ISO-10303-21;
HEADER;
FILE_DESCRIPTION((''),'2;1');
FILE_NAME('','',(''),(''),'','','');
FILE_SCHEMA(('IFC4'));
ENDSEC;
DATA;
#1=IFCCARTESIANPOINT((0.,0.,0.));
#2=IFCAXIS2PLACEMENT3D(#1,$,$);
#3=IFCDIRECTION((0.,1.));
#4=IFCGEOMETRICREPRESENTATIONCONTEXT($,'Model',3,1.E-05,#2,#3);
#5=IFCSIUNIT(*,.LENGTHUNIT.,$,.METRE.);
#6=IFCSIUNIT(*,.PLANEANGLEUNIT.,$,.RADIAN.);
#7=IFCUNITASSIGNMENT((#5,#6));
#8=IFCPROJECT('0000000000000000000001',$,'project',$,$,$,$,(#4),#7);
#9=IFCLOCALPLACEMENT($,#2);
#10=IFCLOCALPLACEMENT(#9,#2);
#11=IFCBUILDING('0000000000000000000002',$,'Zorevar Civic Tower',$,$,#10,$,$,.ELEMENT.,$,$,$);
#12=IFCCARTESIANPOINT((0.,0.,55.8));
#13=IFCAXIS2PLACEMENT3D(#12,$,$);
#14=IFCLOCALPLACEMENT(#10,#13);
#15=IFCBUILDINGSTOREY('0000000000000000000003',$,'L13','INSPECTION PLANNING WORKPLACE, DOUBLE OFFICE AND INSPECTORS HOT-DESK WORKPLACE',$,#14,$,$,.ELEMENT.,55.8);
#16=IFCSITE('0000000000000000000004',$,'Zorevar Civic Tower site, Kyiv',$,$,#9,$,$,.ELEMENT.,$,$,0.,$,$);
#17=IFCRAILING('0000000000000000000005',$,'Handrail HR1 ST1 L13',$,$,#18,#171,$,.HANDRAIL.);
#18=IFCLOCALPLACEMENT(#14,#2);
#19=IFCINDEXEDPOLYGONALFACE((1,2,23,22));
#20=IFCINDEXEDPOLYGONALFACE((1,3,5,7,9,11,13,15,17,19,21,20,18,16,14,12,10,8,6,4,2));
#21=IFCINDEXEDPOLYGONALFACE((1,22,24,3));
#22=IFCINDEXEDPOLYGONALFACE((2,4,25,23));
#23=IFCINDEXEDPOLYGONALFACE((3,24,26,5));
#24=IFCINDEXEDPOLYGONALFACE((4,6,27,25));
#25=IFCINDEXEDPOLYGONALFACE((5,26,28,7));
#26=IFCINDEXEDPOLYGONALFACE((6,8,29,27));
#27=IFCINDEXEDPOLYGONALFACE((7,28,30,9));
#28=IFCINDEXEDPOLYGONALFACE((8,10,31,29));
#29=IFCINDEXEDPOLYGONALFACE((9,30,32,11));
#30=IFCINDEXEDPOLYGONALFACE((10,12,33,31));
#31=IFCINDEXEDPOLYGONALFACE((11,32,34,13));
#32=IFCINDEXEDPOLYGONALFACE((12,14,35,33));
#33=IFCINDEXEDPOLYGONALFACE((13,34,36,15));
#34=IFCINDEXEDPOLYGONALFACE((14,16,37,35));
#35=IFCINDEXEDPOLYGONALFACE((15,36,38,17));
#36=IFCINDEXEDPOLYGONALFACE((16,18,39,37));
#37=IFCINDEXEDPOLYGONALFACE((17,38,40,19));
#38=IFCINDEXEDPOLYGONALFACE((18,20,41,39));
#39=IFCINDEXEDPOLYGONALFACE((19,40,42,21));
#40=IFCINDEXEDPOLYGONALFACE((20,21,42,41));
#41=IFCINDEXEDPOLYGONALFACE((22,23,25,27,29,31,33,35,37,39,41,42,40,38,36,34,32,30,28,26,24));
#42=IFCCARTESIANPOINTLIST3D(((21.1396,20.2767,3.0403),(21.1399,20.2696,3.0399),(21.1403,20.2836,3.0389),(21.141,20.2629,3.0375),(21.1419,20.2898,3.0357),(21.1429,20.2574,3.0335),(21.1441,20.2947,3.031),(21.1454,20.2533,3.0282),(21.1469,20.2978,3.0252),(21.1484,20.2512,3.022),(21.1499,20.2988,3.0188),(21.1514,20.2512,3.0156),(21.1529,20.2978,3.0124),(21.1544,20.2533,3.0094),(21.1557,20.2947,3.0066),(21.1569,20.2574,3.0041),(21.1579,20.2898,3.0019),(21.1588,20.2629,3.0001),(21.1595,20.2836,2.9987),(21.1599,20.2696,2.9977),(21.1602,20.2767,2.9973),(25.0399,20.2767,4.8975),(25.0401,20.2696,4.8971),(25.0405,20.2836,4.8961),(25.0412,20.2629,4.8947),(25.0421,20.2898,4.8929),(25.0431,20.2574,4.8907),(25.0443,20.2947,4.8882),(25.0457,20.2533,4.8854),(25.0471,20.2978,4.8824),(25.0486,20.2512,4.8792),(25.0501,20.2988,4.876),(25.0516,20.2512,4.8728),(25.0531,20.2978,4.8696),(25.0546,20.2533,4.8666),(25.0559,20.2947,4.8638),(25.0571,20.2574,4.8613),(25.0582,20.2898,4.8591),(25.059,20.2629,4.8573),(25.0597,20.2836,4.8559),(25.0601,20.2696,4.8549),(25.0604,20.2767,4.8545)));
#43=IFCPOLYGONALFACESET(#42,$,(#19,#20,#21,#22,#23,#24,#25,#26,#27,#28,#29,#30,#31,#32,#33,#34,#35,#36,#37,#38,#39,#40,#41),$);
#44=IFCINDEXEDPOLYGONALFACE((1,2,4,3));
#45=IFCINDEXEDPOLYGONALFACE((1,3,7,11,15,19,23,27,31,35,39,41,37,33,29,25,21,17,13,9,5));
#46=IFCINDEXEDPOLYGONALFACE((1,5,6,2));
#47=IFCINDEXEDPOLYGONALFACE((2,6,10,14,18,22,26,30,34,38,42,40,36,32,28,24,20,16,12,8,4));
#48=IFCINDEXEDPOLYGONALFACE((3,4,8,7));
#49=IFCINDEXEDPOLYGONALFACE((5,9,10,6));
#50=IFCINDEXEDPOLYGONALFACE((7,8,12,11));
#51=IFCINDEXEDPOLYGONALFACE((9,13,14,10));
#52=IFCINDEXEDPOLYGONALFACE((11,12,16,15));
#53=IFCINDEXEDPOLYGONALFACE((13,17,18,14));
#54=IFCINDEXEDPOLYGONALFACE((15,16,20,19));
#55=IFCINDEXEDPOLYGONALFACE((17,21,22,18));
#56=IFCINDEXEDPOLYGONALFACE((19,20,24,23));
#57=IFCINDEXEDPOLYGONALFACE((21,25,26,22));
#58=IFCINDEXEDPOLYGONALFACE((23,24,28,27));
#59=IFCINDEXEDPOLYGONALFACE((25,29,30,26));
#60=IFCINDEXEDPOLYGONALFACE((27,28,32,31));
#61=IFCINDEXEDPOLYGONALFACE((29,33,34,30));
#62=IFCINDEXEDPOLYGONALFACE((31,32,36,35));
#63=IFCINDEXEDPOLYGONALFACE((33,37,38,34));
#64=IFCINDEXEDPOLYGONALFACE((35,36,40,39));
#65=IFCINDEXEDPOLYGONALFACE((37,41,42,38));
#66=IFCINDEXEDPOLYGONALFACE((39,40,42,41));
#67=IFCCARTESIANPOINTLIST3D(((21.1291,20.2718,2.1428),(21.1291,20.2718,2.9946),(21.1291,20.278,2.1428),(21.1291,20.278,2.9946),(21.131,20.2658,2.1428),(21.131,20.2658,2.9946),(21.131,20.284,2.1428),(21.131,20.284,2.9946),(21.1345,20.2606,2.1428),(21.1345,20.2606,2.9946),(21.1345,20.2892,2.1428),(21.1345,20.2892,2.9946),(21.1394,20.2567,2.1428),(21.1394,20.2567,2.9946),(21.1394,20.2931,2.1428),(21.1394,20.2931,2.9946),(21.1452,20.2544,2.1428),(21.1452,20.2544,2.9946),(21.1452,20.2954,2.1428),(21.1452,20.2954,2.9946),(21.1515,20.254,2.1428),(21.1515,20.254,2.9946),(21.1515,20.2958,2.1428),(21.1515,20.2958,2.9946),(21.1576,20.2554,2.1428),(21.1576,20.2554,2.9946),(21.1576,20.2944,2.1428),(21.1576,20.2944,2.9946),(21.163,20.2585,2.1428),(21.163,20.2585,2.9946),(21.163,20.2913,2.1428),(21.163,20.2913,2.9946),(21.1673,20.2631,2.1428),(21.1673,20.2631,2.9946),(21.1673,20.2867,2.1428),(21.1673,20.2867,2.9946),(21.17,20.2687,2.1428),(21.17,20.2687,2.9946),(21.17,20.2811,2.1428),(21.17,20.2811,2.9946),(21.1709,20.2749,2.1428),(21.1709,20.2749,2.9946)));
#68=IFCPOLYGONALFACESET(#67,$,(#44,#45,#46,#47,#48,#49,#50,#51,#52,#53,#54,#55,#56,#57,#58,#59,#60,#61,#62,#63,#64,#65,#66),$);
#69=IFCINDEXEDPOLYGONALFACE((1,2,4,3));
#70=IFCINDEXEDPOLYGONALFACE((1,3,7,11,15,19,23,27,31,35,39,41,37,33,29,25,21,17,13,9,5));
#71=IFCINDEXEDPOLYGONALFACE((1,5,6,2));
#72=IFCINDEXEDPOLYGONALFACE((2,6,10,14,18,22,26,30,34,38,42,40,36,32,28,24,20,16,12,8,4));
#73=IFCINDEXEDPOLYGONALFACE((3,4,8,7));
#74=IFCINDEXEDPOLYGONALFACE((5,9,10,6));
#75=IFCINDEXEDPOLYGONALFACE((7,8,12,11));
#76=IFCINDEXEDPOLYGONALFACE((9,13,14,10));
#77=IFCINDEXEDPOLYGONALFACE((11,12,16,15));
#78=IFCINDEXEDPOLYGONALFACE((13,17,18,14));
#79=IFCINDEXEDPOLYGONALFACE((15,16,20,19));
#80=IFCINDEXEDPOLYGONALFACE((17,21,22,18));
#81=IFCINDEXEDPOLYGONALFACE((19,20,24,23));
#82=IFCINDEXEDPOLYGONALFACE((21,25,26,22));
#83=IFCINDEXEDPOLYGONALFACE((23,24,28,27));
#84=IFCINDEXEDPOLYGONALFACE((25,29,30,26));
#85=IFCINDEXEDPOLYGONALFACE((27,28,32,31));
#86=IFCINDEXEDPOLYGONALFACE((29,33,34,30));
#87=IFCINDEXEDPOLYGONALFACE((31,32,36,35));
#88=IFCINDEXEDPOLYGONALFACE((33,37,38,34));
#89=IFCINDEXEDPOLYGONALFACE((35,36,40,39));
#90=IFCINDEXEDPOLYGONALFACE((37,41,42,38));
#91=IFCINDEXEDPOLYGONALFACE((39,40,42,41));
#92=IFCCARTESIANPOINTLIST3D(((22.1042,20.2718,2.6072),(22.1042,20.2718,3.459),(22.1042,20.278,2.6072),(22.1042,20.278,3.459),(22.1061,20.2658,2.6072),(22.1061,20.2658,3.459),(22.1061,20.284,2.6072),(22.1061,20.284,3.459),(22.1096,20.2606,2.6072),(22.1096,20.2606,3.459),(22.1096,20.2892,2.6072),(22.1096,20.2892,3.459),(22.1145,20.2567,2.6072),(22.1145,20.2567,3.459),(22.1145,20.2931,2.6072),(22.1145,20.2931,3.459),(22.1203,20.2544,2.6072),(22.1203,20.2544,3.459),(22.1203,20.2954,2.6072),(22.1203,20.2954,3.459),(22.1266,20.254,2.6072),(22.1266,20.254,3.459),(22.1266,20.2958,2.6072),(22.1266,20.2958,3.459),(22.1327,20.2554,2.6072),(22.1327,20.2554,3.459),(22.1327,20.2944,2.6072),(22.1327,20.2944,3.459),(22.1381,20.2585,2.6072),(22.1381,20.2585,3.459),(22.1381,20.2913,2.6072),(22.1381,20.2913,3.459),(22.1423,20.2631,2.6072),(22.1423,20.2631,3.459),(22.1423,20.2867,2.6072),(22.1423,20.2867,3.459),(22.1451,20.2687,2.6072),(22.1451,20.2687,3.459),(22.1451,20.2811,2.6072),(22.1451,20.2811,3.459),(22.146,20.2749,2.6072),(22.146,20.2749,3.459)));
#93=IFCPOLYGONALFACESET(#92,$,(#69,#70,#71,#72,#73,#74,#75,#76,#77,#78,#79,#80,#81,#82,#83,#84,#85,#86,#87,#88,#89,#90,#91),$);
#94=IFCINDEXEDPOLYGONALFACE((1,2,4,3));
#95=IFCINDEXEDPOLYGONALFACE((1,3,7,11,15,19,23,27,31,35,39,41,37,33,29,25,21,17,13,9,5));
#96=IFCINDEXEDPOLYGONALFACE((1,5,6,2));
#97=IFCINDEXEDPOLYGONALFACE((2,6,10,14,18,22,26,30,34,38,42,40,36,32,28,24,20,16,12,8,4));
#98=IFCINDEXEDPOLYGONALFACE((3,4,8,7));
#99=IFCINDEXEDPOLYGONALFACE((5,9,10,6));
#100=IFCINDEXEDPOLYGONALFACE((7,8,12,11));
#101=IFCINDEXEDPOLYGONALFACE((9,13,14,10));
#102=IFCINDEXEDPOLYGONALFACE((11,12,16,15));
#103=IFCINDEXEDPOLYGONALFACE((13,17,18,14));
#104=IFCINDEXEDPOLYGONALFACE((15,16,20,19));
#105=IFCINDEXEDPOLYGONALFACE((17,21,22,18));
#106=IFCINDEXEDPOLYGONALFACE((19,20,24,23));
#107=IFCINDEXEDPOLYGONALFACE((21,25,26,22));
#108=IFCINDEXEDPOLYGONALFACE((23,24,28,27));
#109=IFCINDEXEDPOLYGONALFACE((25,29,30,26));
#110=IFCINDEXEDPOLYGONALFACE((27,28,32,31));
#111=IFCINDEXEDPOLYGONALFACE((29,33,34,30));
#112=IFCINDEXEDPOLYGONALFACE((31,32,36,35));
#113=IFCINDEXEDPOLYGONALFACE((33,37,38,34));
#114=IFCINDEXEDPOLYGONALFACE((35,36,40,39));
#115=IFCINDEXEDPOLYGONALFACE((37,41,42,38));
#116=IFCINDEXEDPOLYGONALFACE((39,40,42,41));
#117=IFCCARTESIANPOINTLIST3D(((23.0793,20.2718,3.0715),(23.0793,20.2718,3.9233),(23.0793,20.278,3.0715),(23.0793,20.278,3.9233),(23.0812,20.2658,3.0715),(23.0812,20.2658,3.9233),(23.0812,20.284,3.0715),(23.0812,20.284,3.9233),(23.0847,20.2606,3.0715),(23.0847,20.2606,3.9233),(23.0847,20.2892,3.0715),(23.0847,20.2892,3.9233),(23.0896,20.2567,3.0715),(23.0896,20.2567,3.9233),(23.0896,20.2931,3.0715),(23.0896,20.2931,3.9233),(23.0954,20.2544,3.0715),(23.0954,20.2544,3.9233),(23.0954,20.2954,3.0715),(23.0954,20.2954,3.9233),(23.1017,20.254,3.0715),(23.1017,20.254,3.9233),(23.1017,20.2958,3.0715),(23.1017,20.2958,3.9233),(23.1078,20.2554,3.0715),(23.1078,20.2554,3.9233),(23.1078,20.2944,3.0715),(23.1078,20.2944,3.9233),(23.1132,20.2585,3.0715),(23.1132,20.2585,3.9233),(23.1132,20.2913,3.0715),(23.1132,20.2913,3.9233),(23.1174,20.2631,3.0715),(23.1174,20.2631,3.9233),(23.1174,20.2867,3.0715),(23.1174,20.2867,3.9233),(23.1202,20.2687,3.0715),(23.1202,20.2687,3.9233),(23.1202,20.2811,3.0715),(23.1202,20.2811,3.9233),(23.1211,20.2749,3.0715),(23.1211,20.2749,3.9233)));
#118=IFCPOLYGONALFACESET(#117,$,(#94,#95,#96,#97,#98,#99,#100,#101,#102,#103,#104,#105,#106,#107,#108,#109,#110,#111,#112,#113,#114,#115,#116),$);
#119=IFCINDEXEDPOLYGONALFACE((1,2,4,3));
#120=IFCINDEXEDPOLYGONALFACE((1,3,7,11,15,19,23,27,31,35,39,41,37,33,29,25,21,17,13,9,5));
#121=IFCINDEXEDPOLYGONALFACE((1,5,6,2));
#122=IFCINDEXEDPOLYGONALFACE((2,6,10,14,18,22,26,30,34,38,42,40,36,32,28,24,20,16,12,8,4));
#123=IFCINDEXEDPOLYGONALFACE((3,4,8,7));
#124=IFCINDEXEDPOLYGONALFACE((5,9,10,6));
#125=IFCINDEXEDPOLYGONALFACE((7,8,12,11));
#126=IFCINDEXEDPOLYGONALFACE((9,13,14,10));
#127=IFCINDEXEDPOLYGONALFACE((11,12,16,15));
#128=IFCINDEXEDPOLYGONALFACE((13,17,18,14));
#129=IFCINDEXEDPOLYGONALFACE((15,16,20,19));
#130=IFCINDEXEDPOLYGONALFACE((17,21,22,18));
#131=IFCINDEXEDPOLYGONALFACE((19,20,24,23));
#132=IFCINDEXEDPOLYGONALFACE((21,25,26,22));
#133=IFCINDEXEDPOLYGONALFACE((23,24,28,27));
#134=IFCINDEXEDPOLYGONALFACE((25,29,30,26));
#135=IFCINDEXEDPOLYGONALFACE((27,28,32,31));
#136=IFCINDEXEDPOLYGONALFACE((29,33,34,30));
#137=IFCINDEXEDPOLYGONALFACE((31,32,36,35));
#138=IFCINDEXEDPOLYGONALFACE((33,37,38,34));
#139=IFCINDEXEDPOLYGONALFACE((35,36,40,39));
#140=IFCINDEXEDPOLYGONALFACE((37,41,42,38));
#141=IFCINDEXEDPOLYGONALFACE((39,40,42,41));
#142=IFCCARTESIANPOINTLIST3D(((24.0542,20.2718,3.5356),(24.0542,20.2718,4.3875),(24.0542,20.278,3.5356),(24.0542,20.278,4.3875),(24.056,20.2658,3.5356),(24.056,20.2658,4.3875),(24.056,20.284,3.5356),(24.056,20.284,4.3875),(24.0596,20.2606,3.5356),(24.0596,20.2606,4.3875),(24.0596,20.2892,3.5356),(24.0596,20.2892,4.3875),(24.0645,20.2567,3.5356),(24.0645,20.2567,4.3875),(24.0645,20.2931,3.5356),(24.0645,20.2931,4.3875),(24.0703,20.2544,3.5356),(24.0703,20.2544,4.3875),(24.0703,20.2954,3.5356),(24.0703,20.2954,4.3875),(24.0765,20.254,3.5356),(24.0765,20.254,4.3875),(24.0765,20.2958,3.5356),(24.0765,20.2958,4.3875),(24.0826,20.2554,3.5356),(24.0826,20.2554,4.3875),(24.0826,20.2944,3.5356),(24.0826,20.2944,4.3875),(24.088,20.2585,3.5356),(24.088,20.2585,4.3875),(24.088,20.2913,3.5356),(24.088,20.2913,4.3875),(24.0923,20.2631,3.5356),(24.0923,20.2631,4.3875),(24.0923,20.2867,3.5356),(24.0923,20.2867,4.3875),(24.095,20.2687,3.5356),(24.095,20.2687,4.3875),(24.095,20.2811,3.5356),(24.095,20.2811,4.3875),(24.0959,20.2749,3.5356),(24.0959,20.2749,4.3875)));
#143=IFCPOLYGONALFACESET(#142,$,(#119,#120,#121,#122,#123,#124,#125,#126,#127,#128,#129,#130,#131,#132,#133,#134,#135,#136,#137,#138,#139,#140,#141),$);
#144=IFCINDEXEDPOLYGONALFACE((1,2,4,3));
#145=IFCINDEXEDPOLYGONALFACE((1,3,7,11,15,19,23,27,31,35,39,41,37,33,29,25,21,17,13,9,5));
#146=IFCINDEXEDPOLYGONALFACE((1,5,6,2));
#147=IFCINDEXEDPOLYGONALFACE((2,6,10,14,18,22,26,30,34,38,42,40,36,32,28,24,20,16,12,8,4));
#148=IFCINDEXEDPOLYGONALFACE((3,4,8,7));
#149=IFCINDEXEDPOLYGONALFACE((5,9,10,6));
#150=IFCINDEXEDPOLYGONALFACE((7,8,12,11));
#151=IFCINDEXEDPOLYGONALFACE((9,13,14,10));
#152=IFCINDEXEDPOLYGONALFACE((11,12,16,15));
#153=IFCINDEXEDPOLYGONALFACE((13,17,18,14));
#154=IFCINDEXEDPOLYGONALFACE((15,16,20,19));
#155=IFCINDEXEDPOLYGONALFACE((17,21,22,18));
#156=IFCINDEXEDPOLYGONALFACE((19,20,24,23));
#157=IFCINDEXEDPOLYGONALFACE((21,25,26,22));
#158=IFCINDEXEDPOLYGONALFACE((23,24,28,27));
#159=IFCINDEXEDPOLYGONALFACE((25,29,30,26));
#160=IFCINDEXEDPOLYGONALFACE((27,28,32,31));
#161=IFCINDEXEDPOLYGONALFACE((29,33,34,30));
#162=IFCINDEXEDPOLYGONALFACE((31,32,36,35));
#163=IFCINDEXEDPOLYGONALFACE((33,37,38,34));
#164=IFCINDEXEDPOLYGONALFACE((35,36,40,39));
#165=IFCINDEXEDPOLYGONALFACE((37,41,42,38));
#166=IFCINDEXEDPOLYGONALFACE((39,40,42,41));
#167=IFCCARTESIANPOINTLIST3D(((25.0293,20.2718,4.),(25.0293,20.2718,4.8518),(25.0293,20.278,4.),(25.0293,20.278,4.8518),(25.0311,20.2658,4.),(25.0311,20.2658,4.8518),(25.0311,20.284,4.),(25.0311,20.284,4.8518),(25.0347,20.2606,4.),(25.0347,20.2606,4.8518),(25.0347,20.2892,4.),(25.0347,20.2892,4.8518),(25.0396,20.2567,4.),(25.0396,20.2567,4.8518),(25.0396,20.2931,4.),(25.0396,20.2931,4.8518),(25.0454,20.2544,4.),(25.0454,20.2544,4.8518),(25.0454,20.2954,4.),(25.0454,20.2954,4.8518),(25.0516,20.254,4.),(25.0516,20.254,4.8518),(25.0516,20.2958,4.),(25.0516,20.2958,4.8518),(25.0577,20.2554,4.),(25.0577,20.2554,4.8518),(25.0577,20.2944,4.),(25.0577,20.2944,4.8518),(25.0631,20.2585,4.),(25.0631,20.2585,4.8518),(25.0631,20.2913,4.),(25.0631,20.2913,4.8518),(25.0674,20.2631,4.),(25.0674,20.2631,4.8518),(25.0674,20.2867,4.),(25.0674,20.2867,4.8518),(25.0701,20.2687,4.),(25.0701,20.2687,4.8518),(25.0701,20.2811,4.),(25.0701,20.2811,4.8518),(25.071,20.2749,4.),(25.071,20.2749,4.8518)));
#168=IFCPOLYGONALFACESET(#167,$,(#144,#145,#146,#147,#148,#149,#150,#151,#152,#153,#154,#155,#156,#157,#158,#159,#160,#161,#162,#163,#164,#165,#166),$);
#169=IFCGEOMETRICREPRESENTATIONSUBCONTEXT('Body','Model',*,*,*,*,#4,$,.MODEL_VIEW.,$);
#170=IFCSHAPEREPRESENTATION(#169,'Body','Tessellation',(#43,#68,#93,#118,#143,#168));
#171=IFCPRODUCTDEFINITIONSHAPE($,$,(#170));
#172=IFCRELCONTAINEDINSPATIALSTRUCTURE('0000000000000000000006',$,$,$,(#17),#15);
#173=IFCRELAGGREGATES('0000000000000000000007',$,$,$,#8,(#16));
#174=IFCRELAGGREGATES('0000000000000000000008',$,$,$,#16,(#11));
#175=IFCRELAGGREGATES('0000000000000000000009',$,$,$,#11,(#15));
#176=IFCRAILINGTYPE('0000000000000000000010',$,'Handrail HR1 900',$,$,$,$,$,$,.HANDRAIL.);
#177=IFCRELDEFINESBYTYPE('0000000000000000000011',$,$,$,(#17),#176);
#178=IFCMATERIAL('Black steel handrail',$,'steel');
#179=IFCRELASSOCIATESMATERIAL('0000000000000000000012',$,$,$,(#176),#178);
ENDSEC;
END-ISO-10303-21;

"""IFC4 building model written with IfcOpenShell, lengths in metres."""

from ifc_helpers import new_model, si_unit, direction, frame, origin, origin_2d, place, context, subcontext, project, spatial, circle, extrude, material, type_object, element, save


model = new_model("IFC4")

# Units and contexts
model_context = context("Model", 3, precision=1e-05, world=origin(), true_north=direction((0.0, 1.0)))
body_context = subcontext(model_context, "Body", "Model", "MODEL_VIEW")
ifc_project = project(units=[si_unit("LENGTHUNIT", "METRE"), si_unit("PLANEANGLEUNIT", "RADIAN")], contexts=[model_context])

# Site, building, storey
site_placement = place(None, origin())
site = spatial("IfcSite", under=ifc_project, at=site_placement, Name="Zorevar Civic Tower site, Kyiv", CompositionType="ELEMENT", RefElevation=0.0)
building_placement = place(site_placement, origin())
building = spatial("IfcBuilding", under=site, at=building_placement, Name="Zorevar Civic Tower", CompositionType="ELEMENT")
storey_placement = place(building_placement, frame((0.0, 0.0, 55.8)))
storey = spatial("IfcBuildingStorey", under=building, at=storey_placement, Name="L13", Description="INSPECTION PLANNING WORKPLACE, DOUBLE OFFICE AND INSPECTORS HOT-DESK WORKPLACE", CompositionType="ELEMENT", Elevation=55.8)

# Railing
ifc_material_1 = material(Name="Black steel handrail", Category="steel")
railing_type = type_object("IfcRailingType", Name="Handrail HR1 900", PredefinedType="HANDRAIL", material=ifc_material_1)
railing_1_placement = place(storey_placement, frame((21.1499, 20.2749, 2.1428)))
element("IfcRailing", 1, at=railing_1_placement, inside=storey, type_object=railing_type, Name="Handrail HR1 ST1 L13", PredefinedType="HANDRAIL", context=body_context, shape_type="SweptSolid", body=[
    extrude(circle(Radius=0.0239, at=origin_2d()), frame((0.0, 0.0, 0.876), z_axis=(0.902864, 0.0, 0.429927), x_axis=(0.0, 1.0, 0.0)), (0.0, 0.0, 1.0), 4.3198),
    extrude(circle(Radius=0.021, at=origin_2d()), origin(), (0.0, 0.0, 1.0), 0.8518),
    extrude(circle(Radius=0.021, at=origin_2d()), frame((0.9751, 0.0, 0.4644)), (0.0, 0.0, 1.0), 0.8518),
    extrude(circle(Radius=0.021, at=origin_2d()), frame((1.9502, 0.0, 0.9287)), (0.0, 0.0, 1.0), 0.8518),
    extrude(circle(Radius=0.021, at=origin_2d()), frame((2.925, 0.0, 1.3928)), (0.0, 0.0, 1.0), 0.8518),
    extrude(circle(Radius=0.021, at=origin_2d()), frame((3.9001, 0.0, 1.8572)), (0.0, 0.0, 1.0), 0.8518),
])

save(model, "model.ifc")
